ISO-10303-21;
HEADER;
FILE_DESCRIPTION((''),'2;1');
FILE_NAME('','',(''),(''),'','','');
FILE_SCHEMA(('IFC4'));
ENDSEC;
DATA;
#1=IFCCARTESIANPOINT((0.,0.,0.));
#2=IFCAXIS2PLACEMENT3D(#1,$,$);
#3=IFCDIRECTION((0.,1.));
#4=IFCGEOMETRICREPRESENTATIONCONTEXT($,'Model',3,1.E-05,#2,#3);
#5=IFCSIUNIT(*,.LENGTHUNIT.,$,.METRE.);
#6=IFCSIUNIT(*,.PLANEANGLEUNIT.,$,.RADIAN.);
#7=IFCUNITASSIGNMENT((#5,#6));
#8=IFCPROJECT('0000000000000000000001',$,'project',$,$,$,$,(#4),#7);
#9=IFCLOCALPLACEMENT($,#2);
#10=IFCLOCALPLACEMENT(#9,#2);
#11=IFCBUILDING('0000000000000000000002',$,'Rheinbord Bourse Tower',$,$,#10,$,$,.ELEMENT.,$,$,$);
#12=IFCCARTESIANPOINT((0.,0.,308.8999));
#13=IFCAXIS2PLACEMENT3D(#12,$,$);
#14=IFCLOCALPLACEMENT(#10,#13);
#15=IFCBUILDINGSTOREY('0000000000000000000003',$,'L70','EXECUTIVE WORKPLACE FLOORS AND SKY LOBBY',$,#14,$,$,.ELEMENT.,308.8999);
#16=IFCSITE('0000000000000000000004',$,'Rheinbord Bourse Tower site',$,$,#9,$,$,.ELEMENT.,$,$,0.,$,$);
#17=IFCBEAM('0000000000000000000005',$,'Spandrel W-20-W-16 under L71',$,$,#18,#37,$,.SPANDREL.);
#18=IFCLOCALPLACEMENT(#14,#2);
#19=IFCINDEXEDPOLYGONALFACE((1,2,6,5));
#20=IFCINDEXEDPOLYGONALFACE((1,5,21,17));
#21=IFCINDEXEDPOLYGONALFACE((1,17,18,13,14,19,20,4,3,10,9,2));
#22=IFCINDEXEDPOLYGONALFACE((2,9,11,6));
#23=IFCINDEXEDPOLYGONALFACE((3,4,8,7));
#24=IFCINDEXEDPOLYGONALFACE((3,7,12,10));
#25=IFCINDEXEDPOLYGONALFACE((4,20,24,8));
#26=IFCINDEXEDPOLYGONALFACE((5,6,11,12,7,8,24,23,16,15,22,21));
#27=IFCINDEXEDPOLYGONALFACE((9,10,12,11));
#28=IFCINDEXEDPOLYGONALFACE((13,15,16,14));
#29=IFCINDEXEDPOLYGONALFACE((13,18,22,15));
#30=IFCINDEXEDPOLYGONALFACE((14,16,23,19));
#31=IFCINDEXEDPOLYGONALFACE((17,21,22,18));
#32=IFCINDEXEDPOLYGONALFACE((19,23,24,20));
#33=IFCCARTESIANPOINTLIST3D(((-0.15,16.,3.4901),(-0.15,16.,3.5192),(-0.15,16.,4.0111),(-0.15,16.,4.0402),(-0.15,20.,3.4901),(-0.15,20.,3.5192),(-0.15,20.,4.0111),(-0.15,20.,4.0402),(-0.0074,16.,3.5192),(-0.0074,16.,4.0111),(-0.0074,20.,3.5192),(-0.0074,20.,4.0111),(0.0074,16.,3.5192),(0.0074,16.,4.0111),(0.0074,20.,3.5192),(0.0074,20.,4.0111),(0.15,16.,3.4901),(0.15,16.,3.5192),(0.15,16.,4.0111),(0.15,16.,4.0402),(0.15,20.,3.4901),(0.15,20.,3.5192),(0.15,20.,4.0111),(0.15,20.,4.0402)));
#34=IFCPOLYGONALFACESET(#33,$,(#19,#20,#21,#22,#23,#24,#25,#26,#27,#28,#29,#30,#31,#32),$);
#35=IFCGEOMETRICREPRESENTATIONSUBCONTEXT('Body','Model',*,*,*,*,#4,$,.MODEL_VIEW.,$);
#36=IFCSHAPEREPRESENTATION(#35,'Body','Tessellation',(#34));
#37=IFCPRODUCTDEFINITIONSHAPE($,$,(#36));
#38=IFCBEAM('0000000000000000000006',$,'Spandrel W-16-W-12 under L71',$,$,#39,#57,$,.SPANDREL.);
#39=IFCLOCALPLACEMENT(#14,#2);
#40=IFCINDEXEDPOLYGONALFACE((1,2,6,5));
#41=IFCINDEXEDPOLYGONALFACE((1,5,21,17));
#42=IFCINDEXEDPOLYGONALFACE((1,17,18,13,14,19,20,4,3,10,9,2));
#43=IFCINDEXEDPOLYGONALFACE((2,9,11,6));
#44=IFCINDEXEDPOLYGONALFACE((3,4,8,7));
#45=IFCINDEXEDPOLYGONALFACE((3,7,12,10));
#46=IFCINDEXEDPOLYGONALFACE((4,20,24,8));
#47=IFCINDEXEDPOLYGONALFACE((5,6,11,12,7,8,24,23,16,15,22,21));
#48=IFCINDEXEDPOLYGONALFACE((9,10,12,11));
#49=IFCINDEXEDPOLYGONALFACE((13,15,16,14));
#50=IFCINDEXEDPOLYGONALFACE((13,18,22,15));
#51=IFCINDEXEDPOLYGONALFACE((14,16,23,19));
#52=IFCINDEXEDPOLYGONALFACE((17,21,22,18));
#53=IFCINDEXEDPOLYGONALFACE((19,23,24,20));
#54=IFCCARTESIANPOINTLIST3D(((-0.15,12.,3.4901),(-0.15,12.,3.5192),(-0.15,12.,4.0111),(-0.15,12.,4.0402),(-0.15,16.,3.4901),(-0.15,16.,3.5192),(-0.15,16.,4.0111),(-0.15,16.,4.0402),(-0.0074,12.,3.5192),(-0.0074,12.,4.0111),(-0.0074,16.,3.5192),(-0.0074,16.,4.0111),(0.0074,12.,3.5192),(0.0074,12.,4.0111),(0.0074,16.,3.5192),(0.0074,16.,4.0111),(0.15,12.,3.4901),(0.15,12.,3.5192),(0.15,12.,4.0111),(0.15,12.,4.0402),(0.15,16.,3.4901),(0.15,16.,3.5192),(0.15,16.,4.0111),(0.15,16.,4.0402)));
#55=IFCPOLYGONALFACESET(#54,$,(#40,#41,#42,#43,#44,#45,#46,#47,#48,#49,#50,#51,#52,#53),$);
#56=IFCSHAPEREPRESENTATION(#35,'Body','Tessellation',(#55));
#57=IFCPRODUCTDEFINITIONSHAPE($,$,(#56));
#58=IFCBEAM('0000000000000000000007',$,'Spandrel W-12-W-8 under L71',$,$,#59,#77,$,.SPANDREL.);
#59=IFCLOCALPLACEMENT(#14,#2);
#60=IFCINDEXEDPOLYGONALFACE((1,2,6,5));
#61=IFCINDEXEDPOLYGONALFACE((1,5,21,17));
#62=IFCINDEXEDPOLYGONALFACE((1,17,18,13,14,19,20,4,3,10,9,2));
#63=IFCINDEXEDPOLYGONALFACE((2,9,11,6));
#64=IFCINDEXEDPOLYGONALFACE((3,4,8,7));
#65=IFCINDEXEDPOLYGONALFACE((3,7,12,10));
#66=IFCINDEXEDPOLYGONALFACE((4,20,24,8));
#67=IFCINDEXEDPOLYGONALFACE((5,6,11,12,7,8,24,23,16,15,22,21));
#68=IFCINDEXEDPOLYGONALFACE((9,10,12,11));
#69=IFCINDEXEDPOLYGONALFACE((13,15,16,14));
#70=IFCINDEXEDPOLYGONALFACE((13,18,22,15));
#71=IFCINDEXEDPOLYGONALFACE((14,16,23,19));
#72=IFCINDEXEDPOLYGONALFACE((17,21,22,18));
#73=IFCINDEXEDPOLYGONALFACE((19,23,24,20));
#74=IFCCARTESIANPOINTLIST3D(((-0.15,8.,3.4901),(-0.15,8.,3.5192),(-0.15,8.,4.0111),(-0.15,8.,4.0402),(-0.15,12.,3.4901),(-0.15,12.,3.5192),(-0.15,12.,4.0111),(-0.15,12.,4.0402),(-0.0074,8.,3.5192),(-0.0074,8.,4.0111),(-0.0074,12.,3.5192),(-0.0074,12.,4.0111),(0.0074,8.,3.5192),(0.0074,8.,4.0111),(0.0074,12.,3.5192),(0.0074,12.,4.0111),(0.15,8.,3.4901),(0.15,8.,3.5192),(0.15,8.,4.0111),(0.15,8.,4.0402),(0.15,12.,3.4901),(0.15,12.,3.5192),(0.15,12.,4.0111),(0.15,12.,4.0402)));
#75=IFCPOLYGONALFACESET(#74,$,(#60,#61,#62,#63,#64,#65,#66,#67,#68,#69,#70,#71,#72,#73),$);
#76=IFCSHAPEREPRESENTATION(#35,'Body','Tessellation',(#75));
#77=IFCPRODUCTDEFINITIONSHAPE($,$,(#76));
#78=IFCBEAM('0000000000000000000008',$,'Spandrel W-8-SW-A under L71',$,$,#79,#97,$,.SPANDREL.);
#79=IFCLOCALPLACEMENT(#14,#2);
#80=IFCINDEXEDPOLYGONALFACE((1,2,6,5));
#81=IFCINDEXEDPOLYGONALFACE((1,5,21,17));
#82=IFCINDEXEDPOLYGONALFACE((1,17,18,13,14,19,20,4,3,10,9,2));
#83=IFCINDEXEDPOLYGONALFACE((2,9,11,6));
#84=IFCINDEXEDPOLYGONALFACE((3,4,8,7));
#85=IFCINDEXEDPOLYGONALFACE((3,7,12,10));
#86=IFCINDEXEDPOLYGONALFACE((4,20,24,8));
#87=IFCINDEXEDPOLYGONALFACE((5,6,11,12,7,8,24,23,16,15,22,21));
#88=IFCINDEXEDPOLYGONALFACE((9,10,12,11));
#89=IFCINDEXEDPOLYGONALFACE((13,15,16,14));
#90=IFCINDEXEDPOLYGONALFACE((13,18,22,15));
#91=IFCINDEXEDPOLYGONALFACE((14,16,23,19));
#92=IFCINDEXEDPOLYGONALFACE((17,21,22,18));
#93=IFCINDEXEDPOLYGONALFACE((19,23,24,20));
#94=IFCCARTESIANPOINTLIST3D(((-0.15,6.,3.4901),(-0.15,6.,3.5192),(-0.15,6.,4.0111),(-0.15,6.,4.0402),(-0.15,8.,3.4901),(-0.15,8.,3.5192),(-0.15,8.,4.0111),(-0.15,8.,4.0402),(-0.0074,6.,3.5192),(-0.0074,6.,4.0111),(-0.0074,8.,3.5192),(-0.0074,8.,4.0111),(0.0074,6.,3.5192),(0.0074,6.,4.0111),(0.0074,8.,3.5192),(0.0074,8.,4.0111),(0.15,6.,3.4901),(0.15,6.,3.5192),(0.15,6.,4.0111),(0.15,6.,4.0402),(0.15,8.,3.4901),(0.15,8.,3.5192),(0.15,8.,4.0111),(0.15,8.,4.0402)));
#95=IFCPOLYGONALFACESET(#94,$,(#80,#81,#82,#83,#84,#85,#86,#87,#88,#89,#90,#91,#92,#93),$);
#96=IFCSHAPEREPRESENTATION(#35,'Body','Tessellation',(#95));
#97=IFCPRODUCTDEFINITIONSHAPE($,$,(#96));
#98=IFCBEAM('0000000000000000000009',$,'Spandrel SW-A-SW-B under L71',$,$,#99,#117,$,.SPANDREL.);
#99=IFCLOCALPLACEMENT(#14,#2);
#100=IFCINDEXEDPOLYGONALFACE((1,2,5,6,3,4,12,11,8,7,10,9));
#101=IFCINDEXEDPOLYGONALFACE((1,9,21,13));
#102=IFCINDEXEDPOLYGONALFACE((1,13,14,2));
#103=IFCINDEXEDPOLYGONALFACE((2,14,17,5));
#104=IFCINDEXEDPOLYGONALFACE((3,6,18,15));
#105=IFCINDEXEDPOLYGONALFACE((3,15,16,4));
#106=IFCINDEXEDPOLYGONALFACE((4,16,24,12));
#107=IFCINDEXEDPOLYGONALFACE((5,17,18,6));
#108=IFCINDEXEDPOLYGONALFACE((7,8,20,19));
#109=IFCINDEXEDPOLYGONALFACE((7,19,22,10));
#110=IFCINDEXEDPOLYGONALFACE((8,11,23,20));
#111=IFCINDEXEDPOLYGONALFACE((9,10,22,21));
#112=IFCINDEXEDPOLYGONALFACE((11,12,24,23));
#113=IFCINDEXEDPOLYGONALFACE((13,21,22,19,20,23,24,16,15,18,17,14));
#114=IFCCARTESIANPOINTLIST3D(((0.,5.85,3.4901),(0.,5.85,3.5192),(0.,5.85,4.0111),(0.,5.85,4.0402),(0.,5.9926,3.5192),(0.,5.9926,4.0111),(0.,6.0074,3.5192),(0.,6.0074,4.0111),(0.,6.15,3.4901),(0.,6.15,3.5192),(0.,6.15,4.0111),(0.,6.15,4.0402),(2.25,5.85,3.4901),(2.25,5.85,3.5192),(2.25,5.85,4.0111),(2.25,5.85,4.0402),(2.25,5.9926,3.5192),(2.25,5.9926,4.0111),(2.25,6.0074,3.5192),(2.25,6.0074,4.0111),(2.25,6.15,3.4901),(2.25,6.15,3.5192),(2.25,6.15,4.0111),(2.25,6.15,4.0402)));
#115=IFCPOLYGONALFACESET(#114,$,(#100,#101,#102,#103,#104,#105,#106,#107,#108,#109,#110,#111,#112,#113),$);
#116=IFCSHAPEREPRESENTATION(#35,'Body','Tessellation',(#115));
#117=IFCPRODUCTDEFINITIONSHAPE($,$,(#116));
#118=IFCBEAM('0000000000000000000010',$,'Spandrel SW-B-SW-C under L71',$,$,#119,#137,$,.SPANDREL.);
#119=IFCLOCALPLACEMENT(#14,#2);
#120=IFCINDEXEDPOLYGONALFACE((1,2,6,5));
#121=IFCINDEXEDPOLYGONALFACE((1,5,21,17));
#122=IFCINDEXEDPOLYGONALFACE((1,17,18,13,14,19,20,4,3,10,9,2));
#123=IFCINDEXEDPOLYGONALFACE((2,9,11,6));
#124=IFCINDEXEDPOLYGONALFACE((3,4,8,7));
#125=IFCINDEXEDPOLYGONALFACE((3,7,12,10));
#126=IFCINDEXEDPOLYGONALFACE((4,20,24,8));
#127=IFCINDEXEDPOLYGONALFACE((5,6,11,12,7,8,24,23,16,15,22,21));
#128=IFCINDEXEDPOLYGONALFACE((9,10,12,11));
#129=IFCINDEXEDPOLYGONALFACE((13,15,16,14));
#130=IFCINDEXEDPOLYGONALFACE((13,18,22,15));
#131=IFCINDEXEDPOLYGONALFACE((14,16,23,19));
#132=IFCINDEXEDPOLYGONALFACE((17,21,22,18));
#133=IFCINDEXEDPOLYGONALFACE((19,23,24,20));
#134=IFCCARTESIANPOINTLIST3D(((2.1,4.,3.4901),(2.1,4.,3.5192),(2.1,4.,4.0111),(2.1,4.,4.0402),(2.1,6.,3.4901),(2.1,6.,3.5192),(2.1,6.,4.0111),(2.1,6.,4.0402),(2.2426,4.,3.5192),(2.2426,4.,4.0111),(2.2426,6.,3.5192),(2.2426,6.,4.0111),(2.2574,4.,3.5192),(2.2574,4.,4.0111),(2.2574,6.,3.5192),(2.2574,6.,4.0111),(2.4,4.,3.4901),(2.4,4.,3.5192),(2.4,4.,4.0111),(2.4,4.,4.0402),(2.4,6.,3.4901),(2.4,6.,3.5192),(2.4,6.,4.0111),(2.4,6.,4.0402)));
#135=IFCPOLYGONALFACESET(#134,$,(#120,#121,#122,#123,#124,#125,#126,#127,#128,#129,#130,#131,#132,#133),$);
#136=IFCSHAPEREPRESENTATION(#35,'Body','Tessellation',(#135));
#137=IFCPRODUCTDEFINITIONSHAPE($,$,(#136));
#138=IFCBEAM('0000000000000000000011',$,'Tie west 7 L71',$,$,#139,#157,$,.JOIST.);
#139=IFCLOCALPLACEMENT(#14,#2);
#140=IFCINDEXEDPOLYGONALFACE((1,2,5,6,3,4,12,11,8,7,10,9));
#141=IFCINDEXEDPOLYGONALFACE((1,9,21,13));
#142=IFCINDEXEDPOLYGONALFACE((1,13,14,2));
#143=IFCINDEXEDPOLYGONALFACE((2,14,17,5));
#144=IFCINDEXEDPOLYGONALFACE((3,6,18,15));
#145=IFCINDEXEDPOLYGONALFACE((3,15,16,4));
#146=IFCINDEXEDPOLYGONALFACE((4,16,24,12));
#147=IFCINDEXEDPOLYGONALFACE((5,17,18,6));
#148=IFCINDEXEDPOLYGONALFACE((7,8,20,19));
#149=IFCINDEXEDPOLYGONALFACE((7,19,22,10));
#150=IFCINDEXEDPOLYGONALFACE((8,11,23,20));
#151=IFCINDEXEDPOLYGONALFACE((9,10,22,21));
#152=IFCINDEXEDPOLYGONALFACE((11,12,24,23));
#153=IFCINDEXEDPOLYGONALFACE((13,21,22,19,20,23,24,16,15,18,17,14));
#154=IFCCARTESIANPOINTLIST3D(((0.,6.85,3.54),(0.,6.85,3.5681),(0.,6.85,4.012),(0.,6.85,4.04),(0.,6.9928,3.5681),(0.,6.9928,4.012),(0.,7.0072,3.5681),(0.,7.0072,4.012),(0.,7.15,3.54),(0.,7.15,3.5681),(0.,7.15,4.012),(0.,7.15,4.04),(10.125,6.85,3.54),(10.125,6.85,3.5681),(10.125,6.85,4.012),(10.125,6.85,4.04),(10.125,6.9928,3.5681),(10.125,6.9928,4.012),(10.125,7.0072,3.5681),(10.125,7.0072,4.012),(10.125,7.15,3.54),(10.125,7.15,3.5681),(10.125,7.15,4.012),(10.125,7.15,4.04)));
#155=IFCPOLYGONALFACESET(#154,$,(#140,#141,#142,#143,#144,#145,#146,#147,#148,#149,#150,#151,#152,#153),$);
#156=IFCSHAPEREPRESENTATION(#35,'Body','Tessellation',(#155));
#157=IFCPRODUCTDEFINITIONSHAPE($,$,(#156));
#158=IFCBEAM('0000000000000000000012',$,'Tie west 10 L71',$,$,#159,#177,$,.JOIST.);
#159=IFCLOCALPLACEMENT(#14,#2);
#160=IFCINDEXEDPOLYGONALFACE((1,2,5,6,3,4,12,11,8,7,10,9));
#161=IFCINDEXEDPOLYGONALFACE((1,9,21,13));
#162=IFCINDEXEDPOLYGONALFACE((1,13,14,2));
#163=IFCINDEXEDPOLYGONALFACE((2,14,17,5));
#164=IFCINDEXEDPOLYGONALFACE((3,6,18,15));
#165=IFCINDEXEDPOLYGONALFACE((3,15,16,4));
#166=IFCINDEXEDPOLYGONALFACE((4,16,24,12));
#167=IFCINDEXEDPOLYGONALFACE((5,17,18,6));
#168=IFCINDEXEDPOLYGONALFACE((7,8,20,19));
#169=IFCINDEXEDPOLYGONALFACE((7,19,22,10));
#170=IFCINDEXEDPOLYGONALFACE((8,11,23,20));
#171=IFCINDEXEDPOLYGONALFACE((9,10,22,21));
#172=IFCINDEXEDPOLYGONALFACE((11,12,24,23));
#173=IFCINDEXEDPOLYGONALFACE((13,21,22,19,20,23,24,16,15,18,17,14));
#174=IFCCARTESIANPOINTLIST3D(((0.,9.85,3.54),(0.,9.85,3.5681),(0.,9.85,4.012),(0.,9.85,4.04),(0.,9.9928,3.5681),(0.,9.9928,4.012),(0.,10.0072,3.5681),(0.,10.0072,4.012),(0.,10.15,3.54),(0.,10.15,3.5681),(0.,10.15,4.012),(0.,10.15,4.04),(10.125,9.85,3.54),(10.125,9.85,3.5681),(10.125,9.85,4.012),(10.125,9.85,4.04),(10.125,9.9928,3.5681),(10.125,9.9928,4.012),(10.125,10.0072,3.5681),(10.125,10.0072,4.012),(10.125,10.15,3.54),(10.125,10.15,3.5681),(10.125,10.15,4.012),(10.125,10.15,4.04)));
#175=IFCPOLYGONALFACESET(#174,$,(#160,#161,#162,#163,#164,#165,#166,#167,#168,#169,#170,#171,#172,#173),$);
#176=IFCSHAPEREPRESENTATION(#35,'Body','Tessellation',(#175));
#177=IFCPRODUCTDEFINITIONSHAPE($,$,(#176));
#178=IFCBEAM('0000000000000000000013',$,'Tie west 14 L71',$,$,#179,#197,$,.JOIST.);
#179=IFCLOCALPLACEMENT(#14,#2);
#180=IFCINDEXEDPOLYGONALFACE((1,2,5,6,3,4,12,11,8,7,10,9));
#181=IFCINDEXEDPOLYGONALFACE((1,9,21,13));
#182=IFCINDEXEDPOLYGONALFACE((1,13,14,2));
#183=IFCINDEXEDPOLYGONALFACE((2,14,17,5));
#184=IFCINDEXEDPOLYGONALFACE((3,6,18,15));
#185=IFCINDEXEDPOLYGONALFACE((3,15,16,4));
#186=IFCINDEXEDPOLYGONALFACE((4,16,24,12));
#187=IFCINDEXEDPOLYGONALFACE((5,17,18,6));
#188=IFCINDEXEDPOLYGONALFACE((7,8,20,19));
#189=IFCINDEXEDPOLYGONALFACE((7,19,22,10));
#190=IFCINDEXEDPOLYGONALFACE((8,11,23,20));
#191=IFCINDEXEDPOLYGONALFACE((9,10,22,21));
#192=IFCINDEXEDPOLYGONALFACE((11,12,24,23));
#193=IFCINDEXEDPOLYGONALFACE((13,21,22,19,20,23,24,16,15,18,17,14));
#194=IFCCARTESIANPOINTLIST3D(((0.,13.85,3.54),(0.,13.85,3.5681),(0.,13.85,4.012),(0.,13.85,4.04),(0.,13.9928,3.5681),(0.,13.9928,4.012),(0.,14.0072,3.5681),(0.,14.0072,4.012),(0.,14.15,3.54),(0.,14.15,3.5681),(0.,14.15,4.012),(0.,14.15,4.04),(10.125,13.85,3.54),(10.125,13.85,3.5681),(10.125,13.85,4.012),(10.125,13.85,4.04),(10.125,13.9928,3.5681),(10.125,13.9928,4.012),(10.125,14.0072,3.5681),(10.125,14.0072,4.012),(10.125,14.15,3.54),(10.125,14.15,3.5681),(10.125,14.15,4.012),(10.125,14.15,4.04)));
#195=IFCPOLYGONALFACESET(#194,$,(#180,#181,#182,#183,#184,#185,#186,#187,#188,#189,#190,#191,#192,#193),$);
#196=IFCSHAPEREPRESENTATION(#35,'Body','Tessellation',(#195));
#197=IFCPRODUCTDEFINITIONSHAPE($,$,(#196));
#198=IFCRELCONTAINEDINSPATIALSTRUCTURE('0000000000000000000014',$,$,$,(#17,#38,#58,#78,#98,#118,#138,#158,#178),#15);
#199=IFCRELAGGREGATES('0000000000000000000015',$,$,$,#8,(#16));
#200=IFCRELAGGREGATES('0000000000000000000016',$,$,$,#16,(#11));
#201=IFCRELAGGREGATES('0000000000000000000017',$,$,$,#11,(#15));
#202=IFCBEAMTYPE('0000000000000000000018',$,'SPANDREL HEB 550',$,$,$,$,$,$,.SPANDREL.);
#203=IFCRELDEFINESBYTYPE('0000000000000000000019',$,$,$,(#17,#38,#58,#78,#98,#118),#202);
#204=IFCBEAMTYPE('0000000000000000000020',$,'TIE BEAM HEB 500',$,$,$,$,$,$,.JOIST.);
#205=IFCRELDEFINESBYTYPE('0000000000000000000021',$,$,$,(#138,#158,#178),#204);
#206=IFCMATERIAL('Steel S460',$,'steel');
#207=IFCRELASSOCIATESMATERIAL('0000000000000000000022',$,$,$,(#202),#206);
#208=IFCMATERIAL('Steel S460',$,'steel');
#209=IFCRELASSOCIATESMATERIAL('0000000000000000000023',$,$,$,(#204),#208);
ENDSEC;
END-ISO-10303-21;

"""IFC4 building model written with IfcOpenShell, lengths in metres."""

from ifc_helpers import new_model, si_unit, direction, frame, origin, origin_2d, place, context, subcontext, project, spatial, i_section, extrude, material, material_profile, profile_set, type_object, element, save


model = new_model("IFC4")

# Units and contexts
model_context = context("Model", 3, precision=1e-05, world=origin(), true_north=direction((0.0, 1.0)))
body_context = subcontext(model_context, "Body", "Model", "MODEL_VIEW")
ifc_project = project(units=[si_unit("LENGTHUNIT", "METRE"), si_unit("PLANEANGLEUNIT", "RADIAN")], contexts=[model_context])

# Site, building, storey
site_placement = place(None, origin())
site = spatial("IfcSite", under=ifc_project, at=site_placement, Name="Rheinbord Bourse Tower site", CompositionType="ELEMENT", RefElevation=0.0)
building_placement = place(site_placement, origin())
building = spatial("IfcBuilding", under=site, at=building_placement, Name="Rheinbord Bourse Tower", CompositionType="ELEMENT")
storey_placement = place(building_placement, frame((0.0, 0.0, 308.8999)))
storey = spatial("IfcBuildingStorey", under=building, at=storey_placement, Name="L70", Description="EXECUTIVE WORKPLACE FLOORS AND SKY LOBBY", CompositionType="ELEMENT", Elevation=308.8999)

# Beams
ifc_material_1 = material(Name="Steel S460", Category="steel")
ifc_material_profile_1 = material_profile(ifc_material_1, i_section(OverallWidth=0.3, OverallDepth=0.55, WebThickness=0.0149, FlangeThickness=0.0291, at=origin_2d()), Name="HEB 550")
ifc_profile_set_1 = profile_set([ifc_material_profile_1], Name="Steel S460")
beam_type_1 = type_object("IfcBeamType", Name="SPANDREL HEB 550", PredefinedType="SPANDREL", material=ifc_profile_set_1)
for number, where, z_axis, x_axis, name in (
    (1, (0.0, 20.0, 3.7651), (0.0, -1.0, 0.0), (1.0, 0.0, 0.0), "Spandrel W-20-W-16 under L71"),
    (2, (0.0, 16.0, 3.7651), (0.0, -1.0, 0.0), (1.0, 0.0, 0.0), "Spandrel W-16-W-12 under L71"),
    (3, (0.0, 12.0, 3.7651), (0.0, -1.0, 0.0), (1.0, 0.0, 0.0), "Spandrel W-12-W-8 under L71"),
):
    element("IfcBeam", number, at=place(storey_placement, frame(where, z_axis=z_axis, x_axis=x_axis)), inside=storey, type_object=beam_type_1, Name=name, PredefinedType="SPANDREL", context=body_context, shape_type="SweptSolid", body=[
        extrude(i_section(OverallWidth=0.3, OverallDepth=0.55, WebThickness=0.0149, FlangeThickness=0.0291, at=origin_2d()), origin(), (0.0, 0.0, 1.0), 4.0),
    ])
beam_1_placement = place(storey_placement, frame((0.0, 8.0, 3.7651), z_axis=(0.0, -1.0, 0.0), x_axis=(1.0, 0.0, 0.0)))
element("IfcBeam", 4, at=beam_1_placement, inside=storey, type_object=beam_type_1, Name="Spandrel W-8-SW-A under L71", PredefinedType="SPANDREL", context=body_context, shape_type="SweptSolid", body=[
    extrude(i_section(OverallWidth=0.3, OverallDepth=0.55, WebThickness=0.0149, FlangeThickness=0.0291, at=origin_2d()), origin(), (0.0, 0.0, 1.0), 2.0),
])
beam_2_placement = place(storey_placement, frame((0.0, 6.0, 3.7651), z_axis=(1.0, 0.0, 0.0), x_axis=(0.0, 1.0, 0.0)))
element("IfcBeam", 5, at=beam_2_placement, inside=storey, type_object=beam_type_1, Name="Spandrel SW-A-SW-B under L71", PredefinedType="SPANDREL", context=body_context, shape_type="SweptSolid", body=[
    extrude(i_section(OverallWidth=0.3, OverallDepth=0.55, WebThickness=0.0149, FlangeThickness=0.0291, at=origin_2d()), origin(), (0.0, 0.0, 1.0), 2.25),
])
beam_3_placement = place(storey_placement, frame((2.25, 6.0, 3.7651), z_axis=(0.0, -1.0, 0.0), x_axis=(1.0, 0.0, 0.0)))
element("IfcBeam", 6, at=beam_3_placement, inside=storey, type_object=beam_type_1, Name="Spandrel SW-B-SW-C under L71", PredefinedType="SPANDREL", context=body_context, shape_type="SweptSolid", body=[
    extrude(i_section(OverallWidth=0.3, OverallDepth=0.55, WebThickness=0.0149, FlangeThickness=0.0291, at=origin_2d()), origin(), (0.0, 0.0, 1.0), 2.0),
])
ifc_material_2 = material(Name="Steel S460", Category="steel")
ifc_material_profile_2 = material_profile(ifc_material_2, i_section(OverallWidth=0.3, OverallDepth=0.5, WebThickness=0.0144, FlangeThickness=0.0281, at=origin_2d()), Name="HEB 500")
ifc_profile_set_2 = profile_set([ifc_material_profile_2], Name="Steel S460")
beam_type_2 = type_object("IfcBeamType", Name="TIE BEAM HEB 500", PredefinedType="JOIST", material=ifc_profile_set_2)
for number, where, z_axis, x_axis, name in (
    (7, (0.0, 7.0, 3.79), (1.0, 0.0, 0.0), (0.0, 1.0, 0.0), "Tie west 7 L71"),
    (8, (0.0, 10.0, 3.79), (1.0, 0.0, 0.0), (0.0, 1.0, 0.0), "Tie west 10 L71"),
    (9, (0.0, 14.0, 3.79), (1.0, 0.0, 0.0), (0.0, 1.0, 0.0), "Tie west 14 L71"),
):
    element("IfcBeam", number, at=place(storey_placement, frame(where, z_axis=z_axis, x_axis=x_axis)), inside=storey, type_object=beam_type_2, Name=name, PredefinedType="JOIST", context=body_context, shape_type="SweptSolid", body=[
        extrude(i_section(OverallWidth=0.3, OverallDepth=0.5, WebThickness=0.0144, FlangeThickness=0.0281, at=origin_2d()), origin(), (0.0, 0.0, 1.0), 10.125),
    ])

save(model, "model.ifc")
